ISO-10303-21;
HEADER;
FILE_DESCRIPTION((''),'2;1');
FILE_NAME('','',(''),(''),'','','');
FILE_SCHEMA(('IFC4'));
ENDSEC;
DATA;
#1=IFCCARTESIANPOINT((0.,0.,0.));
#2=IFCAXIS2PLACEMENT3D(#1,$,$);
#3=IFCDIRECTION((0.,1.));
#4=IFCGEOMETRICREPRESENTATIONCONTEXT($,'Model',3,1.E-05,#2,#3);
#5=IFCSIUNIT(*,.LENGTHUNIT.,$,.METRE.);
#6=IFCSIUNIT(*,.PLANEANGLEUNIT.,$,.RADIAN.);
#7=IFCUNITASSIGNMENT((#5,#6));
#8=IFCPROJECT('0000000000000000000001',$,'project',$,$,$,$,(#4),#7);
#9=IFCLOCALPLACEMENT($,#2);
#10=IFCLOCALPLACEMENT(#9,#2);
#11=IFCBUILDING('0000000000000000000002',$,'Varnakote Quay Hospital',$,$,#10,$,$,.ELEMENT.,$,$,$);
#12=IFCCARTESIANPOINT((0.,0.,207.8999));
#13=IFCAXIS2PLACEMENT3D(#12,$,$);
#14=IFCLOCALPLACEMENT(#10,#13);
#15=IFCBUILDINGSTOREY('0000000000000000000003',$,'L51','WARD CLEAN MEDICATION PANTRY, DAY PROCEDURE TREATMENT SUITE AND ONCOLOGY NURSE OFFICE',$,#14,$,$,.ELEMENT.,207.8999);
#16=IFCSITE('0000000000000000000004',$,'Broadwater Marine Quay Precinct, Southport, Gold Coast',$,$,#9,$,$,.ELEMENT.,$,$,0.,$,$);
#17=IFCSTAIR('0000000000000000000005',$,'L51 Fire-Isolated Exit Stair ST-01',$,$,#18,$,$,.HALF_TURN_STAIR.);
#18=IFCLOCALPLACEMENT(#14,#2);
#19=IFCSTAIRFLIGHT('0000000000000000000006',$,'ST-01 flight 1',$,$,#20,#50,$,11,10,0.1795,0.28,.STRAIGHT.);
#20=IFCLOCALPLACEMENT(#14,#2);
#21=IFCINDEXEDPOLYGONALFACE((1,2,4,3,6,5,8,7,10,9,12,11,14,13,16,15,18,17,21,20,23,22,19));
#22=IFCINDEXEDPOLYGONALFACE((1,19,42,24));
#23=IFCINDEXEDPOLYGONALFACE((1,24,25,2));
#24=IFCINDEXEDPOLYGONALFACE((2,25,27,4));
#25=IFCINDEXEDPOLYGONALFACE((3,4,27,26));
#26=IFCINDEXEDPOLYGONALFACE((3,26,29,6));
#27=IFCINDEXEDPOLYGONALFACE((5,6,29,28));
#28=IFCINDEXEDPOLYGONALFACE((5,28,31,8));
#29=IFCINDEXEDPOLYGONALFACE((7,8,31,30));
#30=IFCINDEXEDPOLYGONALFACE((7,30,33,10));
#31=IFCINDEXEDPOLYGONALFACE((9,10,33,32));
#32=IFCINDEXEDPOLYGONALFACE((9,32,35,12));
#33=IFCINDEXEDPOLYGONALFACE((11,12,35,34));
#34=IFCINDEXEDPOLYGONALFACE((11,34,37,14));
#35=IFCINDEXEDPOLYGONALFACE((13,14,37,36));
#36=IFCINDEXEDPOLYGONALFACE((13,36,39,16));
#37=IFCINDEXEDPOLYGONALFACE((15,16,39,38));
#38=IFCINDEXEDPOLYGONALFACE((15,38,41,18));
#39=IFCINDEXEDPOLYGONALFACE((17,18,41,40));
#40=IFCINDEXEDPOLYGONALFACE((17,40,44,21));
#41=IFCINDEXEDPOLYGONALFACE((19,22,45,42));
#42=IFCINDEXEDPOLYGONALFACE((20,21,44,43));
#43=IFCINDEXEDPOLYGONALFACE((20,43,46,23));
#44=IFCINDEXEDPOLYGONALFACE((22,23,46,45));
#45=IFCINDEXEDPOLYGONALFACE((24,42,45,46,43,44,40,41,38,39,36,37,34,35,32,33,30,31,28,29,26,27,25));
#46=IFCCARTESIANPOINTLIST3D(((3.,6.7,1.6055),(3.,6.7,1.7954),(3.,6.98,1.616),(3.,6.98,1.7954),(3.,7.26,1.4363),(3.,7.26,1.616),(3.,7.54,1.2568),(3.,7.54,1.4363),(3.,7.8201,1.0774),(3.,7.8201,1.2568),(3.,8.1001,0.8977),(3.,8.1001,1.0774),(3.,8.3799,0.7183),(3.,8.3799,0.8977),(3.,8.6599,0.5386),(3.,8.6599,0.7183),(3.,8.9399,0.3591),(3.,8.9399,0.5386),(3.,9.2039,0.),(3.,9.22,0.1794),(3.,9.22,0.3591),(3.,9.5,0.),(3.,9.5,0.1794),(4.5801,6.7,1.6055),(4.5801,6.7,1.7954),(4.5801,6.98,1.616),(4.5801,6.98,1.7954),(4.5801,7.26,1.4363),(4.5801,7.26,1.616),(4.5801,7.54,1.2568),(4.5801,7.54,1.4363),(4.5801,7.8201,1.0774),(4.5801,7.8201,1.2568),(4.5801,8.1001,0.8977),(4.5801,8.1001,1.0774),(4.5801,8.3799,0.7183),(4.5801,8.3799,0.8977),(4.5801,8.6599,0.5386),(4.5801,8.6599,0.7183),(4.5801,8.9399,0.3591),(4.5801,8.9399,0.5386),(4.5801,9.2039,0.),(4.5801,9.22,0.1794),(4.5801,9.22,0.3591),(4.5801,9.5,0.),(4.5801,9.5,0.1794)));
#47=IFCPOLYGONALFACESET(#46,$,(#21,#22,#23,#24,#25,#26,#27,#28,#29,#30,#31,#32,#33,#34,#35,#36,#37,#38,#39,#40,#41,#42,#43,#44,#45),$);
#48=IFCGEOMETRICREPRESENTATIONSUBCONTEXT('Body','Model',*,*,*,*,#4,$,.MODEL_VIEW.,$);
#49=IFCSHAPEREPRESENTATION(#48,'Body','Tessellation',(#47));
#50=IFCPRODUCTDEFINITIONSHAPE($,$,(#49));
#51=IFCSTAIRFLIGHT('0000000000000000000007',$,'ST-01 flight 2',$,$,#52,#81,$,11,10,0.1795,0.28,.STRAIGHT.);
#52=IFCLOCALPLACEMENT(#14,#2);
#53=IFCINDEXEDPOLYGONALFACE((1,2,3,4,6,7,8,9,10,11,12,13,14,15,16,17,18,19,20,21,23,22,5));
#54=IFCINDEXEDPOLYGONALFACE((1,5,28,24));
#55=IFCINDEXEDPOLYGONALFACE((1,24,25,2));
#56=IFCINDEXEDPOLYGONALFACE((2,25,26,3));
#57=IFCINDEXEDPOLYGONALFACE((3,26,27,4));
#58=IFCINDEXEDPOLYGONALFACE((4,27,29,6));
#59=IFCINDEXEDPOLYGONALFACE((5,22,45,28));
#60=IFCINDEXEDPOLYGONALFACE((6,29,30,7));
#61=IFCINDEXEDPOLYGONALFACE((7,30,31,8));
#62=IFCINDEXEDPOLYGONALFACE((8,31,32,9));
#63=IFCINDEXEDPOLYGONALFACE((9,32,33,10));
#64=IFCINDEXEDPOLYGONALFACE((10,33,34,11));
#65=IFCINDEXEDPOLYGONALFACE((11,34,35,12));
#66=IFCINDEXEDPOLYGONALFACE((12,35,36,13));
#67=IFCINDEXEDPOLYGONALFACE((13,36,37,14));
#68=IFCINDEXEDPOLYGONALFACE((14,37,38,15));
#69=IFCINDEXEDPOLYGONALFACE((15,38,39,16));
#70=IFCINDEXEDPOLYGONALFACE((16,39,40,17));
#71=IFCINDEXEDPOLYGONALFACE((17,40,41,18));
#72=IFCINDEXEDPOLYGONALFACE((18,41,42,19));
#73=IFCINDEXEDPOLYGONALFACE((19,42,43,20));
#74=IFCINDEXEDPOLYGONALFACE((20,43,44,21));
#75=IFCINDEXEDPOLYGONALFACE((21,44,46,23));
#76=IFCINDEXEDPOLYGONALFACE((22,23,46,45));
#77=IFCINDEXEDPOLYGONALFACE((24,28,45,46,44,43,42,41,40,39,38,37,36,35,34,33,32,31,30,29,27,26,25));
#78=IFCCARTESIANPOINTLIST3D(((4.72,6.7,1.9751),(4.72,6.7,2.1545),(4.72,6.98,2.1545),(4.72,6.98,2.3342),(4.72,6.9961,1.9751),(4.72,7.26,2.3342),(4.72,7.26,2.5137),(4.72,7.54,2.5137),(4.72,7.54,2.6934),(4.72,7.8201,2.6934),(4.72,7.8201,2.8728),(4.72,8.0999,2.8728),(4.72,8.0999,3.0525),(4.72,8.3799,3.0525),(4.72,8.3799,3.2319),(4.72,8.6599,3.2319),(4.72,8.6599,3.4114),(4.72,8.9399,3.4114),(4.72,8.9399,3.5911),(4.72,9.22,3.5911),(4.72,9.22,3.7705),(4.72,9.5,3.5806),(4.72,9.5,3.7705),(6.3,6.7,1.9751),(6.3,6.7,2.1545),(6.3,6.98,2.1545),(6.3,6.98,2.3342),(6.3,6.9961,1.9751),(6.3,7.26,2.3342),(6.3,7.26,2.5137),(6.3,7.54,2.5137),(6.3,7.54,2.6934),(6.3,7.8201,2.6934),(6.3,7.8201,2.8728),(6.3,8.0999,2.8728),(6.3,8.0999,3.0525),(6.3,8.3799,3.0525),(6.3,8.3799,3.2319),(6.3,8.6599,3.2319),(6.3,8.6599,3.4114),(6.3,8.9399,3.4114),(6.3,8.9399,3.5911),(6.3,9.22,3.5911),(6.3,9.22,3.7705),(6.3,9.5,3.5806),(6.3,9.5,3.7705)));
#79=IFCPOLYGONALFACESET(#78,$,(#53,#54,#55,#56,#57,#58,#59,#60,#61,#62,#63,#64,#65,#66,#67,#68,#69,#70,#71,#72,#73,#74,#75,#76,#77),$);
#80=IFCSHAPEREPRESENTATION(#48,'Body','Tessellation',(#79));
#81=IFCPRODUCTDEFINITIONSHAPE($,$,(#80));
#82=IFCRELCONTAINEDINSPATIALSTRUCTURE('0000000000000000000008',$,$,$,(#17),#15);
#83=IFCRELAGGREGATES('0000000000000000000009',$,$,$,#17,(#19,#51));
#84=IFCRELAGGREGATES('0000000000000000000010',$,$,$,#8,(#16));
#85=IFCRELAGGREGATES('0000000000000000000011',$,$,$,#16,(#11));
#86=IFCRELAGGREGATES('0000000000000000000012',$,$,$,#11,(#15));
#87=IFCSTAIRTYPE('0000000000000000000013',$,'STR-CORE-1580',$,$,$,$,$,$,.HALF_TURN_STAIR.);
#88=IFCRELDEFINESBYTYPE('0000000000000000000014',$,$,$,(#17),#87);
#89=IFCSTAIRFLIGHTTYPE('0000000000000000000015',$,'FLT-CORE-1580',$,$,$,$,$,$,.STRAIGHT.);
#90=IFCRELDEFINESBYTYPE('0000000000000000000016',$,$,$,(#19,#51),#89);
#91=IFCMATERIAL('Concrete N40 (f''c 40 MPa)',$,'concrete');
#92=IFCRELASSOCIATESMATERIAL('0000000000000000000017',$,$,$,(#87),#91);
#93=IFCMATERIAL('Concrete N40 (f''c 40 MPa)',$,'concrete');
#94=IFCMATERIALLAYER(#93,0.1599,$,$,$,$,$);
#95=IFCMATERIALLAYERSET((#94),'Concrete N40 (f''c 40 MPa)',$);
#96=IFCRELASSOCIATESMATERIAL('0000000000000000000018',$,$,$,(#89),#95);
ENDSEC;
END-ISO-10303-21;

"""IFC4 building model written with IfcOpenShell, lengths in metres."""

from ifc_helpers import new_model, si_unit, direction, frame, origin, place, context, subcontext, project, spatial, polyline, outline, extrude, material, layer, layer_set, type_object, element, aggregate, save


model = new_model("IFC4")

# Units and contexts
model_context = context("Model", 3, precision=1e-05, world=origin(), true_north=direction((0.0, 1.0)))
body_context = subcontext(model_context, "Body", "Model", "MODEL_VIEW")
ifc_project = project(units=[si_unit("LENGTHUNIT", "METRE"), si_unit("PLANEANGLEUNIT", "RADIAN")], contexts=[model_context])

# Site, building, storey
site_placement = place(None, origin())
site = spatial("IfcSite", under=ifc_project, at=site_placement, Name="Broadwater Marine Quay Precinct, Southport, Gold Coast", CompositionType="ELEMENT", RefElevation=0.0)
building_placement = place(site_placement, origin())
building = spatial("IfcBuilding", under=site, at=building_placement, Name="Varnakote Quay Hospital", CompositionType="ELEMENT")
storey_placement = place(building_placement, frame((0.0, 0.0, 207.8999)))
storey = spatial("IfcBuildingStorey", under=building, at=storey_placement, Name="L51", Description="WARD CLEAN MEDICATION PANTRY, DAY PROCEDURE TREATMENT SUITE AND ONCOLOGY NURSE OFFICE", CompositionType="ELEMENT", Elevation=207.8999)

# Stair, stair flights
ifc_material_1 = material(Name="Concrete N40 (f'c 40 MPa)", Category="concrete")
stair_type = type_object("IfcStairType", Name="STR-CORE-1580", PredefinedType="HALF_TURN_STAIR", material=ifc_material_1)
stair_placement = place(storey_placement, origin())
stair = element("IfcStair", 1, at=stair_placement, inside=storey, type_object=stair_type, Name="L51 Fire-Isolated Exit Stair ST-01", PredefinedType="HALF_TURN_STAIR")
ifc_material_2 = material(Name="Concrete N40 (f'c 40 MPa)", Category="concrete")
ifc_layer_1 = layer(ifc_material_2, 0.1599)
ifc_layer_set_1 = layer_set([ifc_layer_1], Name="Concrete N40 (f'c 40 MPa)")
stair_flight_type = type_object("IfcStairFlightType", Name="FLT-CORE-1580", PredefinedType="STRAIGHT", material=ifc_layer_set_1)
stair_flight_1_placement = place(storey_placement, frame((3.79, 9.5, 0.0), z_axis=(0.0, 0.0, 1.0), x_axis=(0.0, -1.0, 0.0)))
stair_flight_1 = element("IfcStairFlight", 2, at=stair_flight_1_placement, type_object=stair_flight_type, Name="ST-01 flight 1", NumberOfRisers=11, NumberOfTreads=10, PredefinedType="STRAIGHT", RiserHeight=0.1795, TreadLength=0.28, context=body_context, shape_type="SweptSolid", body=[
    extrude(outline(polyline([(0.0, 0.0), (0.0, 0.1794), (0.28, 0.1794), (0.28, 0.3591), (0.5601, 0.3591), (0.5601, 0.5386), (0.8401, 0.5386), (0.8401, 0.7183), (1.1201, 0.7183), (1.1201, 0.8977), (1.3999, 0.8977), (1.3999, 1.0774), (1.6799, 1.0774), (1.6799, 1.2568), (1.96, 1.2568), (1.96, 1.4363), (2.24, 1.4363), (2.24, 1.616), (2.52, 1.616), (2.52, 1.7954), (2.8, 1.7954), (2.8, 1.9751), (2.8, 1.6055), (0.2961, 0.0), (0.0, 0.0)])), frame((0.0, 0.79, 0.0), z_axis=(0.0, -1.0, 0.0), x_axis=(1.0, 0.0, 0.0)), (0.0, 0.0, 1.0), 1.5801),
])
stair_flight_2_placement = place(storey_placement, frame((5.51, 6.7, 1.9751), z_axis=(0.0, 0.0, 1.0), x_axis=(0.0, 1.0, 0.0)))
stair_flight_2 = element("IfcStairFlight", 3, at=stair_flight_2_placement, type_object=stair_flight_type, Name="ST-01 flight 2", NumberOfRisers=11, NumberOfTreads=10, PredefinedType="STRAIGHT", RiserHeight=0.1795, TreadLength=0.28, context=body_context, shape_type="SweptSolid", body=[
    extrude(outline(polyline([(0.0, 0.0), (0.0, 0.1794), (0.28, 0.1794), (0.28, 0.3591), (0.5601, 0.3591), (0.5601, 0.5386), (0.8401, 0.5386), (0.8401, 0.7183), (1.1201, 0.7183), (1.1201, 0.8977), (1.3999, 0.8977), (1.3999, 1.0774), (1.6799, 1.0774), (1.6799, 1.2568), (1.96, 1.2568), (1.96, 1.4363), (2.24, 1.4363), (2.24, 1.616), (2.52, 1.616), (2.52, 1.7954), (2.8, 1.7954), (2.8, 1.9751), (2.8, 1.6055), (0.2961, 0.0), (0.0, 0.0)])), frame((0.0, 0.79, 0.0), z_axis=(0.0, -1.0, 0.0), x_axis=(1.0, 0.0, 0.0)), (0.0, 0.0, 1.0), 1.5801),
])
aggregate(stair, [stair_flight_1, stair_flight_2])

save(model, "model.ifc")
